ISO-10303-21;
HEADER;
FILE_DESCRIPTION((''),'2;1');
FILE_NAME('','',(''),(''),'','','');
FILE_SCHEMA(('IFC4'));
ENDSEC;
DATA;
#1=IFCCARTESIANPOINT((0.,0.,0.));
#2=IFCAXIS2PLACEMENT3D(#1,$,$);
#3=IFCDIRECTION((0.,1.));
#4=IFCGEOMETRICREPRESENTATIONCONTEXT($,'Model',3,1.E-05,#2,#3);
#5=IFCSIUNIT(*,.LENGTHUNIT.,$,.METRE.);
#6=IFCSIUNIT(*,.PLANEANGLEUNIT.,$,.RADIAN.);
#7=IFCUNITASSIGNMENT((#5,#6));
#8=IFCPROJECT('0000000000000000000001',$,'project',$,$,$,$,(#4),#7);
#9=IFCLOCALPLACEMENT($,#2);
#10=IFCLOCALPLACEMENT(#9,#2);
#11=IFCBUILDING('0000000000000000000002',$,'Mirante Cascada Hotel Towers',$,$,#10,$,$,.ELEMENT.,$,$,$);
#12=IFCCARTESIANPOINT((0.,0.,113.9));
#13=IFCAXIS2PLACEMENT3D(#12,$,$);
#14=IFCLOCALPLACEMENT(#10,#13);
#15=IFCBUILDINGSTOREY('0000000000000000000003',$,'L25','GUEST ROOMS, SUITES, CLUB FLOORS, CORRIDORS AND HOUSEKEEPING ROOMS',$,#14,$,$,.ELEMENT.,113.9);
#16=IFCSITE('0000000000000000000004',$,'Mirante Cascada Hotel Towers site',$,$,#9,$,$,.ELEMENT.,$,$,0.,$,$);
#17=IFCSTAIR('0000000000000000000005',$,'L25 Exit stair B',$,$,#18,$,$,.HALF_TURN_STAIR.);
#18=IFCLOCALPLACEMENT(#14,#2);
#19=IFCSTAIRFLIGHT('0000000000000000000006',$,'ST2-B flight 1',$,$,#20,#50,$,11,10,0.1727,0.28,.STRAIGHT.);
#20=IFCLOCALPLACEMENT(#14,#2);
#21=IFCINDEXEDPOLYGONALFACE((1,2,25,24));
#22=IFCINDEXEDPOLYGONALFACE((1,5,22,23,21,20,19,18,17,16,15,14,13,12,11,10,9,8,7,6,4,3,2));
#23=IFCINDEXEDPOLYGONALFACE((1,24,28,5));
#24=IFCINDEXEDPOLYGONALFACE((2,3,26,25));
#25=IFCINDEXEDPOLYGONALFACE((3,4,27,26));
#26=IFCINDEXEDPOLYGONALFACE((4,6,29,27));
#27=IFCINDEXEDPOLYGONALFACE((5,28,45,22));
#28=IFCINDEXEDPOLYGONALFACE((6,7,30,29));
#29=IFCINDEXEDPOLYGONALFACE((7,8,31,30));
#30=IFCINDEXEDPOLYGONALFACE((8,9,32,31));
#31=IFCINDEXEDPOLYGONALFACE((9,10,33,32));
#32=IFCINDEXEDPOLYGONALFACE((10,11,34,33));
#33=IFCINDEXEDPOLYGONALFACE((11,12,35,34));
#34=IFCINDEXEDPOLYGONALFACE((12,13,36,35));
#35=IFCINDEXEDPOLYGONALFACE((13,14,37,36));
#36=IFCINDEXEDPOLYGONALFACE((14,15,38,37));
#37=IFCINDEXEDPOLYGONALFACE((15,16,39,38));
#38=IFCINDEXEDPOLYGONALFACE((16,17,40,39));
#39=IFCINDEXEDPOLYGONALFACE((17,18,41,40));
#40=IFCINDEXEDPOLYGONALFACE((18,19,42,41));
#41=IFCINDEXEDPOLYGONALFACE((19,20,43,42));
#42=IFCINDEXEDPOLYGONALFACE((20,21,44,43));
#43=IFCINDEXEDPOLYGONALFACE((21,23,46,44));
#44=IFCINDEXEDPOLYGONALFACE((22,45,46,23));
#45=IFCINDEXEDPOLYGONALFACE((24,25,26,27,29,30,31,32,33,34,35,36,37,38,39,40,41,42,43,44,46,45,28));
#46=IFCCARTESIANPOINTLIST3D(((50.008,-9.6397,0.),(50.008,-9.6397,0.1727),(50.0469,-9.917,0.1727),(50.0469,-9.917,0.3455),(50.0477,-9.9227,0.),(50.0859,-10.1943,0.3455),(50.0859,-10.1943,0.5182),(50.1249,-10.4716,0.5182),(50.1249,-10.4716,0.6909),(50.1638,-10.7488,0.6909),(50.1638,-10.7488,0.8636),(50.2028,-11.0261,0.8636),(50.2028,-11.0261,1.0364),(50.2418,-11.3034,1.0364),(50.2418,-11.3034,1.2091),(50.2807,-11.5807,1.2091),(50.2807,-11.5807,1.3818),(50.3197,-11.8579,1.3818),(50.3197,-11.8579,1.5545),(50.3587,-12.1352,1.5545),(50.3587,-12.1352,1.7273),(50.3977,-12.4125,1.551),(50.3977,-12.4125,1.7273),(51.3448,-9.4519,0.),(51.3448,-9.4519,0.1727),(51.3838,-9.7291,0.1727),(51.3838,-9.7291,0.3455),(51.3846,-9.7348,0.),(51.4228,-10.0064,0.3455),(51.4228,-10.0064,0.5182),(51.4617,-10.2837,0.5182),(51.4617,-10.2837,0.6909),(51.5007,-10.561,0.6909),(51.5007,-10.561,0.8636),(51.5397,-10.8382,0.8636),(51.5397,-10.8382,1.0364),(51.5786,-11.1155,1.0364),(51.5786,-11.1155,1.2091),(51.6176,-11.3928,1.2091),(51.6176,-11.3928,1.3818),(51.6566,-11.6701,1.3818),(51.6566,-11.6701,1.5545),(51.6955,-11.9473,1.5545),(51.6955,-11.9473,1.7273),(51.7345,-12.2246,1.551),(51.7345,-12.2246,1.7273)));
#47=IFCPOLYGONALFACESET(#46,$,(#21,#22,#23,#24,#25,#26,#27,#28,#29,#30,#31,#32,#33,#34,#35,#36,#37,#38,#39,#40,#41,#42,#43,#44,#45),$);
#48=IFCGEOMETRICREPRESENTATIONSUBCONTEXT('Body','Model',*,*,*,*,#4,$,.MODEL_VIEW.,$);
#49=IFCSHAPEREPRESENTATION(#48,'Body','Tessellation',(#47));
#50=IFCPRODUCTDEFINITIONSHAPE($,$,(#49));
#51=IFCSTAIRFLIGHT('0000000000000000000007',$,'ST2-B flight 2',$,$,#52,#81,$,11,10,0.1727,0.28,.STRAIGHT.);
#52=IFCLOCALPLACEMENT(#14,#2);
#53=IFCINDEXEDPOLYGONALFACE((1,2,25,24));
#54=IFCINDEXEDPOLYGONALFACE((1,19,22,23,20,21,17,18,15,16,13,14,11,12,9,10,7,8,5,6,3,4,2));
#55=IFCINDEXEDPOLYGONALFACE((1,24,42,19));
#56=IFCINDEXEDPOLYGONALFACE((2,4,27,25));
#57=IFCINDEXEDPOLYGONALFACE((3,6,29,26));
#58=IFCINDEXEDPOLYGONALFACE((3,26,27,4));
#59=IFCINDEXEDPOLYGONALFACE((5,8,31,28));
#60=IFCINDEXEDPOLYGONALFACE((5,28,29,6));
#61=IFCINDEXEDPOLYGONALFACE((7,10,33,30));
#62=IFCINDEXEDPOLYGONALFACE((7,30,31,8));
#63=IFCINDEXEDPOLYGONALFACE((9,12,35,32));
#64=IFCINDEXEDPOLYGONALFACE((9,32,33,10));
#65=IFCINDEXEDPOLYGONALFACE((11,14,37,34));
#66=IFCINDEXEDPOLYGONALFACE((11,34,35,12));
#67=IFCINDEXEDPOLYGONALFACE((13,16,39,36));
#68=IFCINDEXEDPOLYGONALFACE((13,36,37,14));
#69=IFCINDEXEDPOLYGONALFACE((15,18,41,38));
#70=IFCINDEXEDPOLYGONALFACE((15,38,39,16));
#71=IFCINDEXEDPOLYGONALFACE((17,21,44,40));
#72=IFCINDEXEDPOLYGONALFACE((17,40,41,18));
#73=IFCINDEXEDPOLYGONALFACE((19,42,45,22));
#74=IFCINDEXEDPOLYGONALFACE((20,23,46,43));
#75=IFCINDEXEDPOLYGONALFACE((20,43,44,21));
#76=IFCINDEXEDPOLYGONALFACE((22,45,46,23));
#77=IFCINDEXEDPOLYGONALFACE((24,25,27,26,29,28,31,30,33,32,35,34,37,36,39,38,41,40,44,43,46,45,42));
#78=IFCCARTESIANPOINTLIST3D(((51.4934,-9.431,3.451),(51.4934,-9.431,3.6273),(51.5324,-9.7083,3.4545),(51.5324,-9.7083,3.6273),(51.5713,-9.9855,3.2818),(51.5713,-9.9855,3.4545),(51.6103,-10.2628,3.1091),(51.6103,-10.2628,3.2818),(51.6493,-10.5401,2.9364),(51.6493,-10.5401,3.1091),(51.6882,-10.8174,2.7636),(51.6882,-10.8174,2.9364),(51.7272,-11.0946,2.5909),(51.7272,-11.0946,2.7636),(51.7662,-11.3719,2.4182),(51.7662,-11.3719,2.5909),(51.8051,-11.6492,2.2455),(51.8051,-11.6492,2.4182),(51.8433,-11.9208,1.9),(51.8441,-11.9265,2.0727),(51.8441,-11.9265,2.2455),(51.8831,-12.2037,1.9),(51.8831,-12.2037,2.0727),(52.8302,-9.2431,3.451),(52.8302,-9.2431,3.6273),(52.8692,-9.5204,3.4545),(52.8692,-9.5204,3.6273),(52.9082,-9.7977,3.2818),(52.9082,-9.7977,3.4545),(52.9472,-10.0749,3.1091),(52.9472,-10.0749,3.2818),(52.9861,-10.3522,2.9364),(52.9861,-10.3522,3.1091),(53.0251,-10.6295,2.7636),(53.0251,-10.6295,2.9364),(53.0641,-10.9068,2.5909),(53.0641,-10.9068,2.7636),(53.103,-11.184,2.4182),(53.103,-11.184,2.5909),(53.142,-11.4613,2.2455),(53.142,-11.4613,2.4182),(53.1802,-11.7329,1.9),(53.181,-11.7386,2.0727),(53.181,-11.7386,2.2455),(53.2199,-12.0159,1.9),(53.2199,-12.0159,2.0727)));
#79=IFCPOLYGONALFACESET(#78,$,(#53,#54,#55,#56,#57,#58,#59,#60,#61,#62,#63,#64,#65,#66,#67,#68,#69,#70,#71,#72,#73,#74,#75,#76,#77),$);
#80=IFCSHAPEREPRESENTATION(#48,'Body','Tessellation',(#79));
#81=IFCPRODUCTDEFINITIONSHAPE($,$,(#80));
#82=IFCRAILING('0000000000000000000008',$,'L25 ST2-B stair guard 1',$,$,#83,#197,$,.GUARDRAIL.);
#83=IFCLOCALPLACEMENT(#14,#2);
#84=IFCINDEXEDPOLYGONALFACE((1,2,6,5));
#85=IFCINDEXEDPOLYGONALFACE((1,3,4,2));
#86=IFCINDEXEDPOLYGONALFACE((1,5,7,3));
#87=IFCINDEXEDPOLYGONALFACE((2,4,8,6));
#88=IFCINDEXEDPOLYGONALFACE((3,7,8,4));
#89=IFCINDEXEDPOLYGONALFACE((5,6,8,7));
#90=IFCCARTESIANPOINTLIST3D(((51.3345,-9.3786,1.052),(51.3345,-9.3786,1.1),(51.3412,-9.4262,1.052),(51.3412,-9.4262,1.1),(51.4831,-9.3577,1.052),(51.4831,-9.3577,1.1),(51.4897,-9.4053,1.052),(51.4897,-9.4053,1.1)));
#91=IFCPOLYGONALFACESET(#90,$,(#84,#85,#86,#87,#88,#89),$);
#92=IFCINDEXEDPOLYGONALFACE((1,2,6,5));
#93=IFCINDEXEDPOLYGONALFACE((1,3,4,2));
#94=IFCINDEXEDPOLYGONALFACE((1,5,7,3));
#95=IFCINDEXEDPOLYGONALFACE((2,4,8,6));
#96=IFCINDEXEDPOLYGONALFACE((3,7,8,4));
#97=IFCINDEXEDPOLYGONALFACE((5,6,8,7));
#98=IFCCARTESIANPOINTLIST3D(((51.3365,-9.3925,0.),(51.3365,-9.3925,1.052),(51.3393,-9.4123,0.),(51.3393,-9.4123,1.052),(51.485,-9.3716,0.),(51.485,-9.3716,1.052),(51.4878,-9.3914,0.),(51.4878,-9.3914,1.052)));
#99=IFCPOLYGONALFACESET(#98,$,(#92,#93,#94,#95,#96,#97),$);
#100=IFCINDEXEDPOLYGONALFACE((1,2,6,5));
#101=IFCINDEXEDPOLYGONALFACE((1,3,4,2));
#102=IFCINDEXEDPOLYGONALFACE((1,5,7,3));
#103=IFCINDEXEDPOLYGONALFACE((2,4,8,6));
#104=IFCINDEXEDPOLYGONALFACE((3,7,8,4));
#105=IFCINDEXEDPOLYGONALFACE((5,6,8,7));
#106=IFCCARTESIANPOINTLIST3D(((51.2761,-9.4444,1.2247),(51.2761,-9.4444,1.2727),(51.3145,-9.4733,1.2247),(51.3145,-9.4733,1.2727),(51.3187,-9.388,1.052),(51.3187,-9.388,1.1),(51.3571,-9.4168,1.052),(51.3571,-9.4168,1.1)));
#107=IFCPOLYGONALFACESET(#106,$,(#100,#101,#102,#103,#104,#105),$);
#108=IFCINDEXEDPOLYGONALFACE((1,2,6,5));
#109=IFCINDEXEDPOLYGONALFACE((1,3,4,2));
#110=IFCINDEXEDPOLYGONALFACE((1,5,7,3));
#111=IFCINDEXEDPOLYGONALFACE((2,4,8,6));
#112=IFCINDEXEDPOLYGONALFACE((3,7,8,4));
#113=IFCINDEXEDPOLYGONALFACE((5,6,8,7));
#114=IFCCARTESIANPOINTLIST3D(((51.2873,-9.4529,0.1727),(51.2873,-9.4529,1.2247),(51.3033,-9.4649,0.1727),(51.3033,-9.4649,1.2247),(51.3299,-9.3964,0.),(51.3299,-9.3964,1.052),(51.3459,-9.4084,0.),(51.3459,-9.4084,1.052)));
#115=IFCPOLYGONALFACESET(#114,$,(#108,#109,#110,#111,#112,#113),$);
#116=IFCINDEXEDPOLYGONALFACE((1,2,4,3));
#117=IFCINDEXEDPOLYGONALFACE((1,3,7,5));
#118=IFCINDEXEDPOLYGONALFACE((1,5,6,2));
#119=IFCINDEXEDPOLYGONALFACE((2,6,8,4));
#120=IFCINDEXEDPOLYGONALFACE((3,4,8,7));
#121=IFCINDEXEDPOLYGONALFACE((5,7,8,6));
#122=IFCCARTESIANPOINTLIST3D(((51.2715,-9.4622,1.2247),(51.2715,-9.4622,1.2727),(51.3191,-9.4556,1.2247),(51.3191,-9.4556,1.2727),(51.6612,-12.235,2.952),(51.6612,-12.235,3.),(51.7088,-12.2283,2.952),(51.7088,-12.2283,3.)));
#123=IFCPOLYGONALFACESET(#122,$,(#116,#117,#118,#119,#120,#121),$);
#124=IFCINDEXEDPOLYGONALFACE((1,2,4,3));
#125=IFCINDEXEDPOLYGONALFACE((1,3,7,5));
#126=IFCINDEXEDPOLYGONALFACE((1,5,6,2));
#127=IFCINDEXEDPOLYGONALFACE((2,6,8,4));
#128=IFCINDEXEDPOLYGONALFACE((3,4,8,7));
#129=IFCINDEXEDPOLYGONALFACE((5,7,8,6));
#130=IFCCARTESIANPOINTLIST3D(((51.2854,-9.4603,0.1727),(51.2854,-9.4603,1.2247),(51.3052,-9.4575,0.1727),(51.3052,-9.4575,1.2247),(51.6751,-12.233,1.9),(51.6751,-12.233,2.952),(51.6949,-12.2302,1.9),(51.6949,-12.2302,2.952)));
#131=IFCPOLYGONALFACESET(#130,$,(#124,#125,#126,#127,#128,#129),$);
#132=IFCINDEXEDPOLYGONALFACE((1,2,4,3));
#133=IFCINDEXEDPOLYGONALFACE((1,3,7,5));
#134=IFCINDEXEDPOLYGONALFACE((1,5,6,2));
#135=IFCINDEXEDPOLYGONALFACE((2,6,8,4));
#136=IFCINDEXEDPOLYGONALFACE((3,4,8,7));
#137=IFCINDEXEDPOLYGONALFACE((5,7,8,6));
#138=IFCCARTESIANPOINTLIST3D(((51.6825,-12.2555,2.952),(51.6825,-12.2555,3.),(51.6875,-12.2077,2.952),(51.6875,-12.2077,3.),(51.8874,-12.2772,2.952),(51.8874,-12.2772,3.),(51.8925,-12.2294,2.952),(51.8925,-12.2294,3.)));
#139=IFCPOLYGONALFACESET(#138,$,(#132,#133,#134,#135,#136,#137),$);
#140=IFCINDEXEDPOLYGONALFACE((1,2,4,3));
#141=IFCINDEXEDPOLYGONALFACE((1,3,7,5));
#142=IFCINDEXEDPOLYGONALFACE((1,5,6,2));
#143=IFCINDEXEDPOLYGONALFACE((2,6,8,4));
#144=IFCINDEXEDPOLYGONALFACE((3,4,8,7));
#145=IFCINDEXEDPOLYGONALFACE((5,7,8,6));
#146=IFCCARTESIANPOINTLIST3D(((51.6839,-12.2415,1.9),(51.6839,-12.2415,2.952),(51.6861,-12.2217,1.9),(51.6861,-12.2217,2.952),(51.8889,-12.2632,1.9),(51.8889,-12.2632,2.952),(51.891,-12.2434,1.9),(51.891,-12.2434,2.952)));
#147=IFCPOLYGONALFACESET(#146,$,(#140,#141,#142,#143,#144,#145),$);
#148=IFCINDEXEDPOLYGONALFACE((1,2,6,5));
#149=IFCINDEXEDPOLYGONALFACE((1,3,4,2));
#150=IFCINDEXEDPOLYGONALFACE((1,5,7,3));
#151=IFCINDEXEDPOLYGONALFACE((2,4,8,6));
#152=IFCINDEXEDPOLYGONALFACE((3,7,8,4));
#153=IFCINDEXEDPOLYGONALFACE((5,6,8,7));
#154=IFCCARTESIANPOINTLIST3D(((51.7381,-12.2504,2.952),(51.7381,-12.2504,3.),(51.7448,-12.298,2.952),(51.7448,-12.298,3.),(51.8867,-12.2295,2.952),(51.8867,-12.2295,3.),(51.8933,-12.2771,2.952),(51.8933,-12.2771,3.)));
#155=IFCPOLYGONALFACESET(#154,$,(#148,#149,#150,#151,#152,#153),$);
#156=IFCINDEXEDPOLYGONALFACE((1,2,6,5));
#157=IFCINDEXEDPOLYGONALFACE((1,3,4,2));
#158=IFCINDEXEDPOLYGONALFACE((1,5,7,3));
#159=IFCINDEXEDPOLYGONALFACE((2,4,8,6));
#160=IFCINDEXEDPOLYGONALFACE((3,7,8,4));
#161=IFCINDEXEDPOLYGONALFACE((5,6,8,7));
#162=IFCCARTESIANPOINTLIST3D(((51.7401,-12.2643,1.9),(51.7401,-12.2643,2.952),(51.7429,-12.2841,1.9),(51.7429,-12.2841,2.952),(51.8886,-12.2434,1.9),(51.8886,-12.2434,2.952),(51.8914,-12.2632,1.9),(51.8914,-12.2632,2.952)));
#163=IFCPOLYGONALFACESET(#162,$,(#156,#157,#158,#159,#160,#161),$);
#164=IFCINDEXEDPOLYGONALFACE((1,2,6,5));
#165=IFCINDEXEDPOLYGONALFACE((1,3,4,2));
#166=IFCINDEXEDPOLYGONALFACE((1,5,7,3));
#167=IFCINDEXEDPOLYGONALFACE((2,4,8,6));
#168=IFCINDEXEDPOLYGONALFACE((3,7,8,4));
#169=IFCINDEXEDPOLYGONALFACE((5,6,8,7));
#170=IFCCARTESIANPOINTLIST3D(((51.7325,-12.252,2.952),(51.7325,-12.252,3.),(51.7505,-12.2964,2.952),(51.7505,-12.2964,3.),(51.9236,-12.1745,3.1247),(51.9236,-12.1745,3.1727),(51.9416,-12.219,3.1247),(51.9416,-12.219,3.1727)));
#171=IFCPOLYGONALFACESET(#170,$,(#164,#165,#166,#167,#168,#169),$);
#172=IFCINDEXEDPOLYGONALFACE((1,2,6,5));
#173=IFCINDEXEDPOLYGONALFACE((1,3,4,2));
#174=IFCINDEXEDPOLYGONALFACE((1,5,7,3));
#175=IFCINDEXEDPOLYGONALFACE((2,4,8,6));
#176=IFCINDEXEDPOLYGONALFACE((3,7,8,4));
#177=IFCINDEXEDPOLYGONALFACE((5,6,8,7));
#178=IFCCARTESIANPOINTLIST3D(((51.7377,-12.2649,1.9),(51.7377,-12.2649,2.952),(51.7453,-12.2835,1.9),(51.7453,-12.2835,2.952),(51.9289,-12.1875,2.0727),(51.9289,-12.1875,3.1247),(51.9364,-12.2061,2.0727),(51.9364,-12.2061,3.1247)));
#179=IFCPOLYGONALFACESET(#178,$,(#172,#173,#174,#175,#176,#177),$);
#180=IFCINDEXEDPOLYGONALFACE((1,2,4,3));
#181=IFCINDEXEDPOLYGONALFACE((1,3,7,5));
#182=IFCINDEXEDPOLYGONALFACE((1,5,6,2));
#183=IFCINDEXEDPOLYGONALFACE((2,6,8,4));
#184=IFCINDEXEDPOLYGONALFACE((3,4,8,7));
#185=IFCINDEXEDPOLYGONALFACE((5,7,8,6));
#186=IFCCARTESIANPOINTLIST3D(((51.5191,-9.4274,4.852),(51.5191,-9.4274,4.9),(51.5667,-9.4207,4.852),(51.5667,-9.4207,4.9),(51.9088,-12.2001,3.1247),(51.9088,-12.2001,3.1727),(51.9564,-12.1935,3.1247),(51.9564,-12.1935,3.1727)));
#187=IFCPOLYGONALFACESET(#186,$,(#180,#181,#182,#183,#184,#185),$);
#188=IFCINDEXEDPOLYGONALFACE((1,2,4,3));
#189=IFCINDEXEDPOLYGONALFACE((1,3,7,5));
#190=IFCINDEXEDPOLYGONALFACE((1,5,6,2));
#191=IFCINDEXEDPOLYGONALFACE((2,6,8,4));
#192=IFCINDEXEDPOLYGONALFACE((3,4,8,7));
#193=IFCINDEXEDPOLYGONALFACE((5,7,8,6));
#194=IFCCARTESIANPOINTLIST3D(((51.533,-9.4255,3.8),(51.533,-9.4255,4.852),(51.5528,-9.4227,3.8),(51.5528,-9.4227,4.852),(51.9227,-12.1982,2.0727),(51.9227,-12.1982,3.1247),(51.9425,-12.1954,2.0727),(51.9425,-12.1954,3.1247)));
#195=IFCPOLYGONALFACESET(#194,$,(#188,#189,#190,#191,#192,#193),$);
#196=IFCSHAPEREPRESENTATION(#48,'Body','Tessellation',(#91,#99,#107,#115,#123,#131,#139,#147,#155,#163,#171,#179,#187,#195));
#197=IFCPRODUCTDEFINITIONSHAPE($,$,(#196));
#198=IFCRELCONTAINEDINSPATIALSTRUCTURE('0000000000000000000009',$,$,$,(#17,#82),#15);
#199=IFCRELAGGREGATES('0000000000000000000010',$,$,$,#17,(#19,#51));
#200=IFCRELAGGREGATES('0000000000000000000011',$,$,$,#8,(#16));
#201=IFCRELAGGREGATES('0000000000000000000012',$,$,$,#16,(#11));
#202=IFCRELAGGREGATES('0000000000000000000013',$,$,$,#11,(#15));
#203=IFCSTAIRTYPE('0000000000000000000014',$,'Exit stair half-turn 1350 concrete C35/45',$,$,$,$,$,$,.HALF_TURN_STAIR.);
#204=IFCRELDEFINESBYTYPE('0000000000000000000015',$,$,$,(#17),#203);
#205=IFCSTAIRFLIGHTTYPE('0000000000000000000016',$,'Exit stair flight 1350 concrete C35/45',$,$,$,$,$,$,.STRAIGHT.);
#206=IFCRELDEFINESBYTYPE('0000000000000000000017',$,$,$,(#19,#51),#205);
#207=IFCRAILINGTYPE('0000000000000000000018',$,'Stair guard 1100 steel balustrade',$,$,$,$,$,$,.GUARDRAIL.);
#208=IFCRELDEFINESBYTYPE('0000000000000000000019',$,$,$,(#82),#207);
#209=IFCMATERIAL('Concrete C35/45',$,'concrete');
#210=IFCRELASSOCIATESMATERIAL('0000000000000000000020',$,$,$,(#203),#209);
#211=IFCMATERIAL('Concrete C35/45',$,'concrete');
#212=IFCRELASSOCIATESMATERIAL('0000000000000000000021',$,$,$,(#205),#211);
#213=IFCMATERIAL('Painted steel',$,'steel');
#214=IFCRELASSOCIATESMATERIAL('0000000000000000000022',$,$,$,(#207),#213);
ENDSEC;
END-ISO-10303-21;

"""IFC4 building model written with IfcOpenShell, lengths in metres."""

from ifc_helpers import new_model, si_unit, direction, frame, origin, origin_2d, place, context, subcontext, project, spatial, polyline, rectangle, outline, extrude, material, type_object, element, aggregate, save


model = new_model("IFC4")

# Units and contexts
model_context = context("Model", 3, precision=1e-05, world=origin(), true_north=direction((0.0, 1.0)))
body_context = subcontext(model_context, "Body", "Model", "MODEL_VIEW")
ifc_project = project(units=[si_unit("LENGTHUNIT", "METRE"), si_unit("PLANEANGLEUNIT", "RADIAN")], contexts=[model_context])

# Site, building, storey
site_placement = place(None, origin())
site = spatial("IfcSite", under=ifc_project, at=site_placement, Name="Mirante Cascada Hotel Towers site", CompositionType="ELEMENT", RefElevation=0.0)
building_placement = place(site_placement, origin())
building = spatial("IfcBuilding", under=site, at=building_placement, Name="Mirante Cascada Hotel Towers", CompositionType="ELEMENT")
storey_placement = place(building_placement, frame((0.0, 0.0, 113.9)))
storey = spatial("IfcBuildingStorey", under=building, at=storey_placement, Name="L25", Description="GUEST ROOMS, SUITES, CLUB FLOORS, CORRIDORS AND HOUSEKEEPING ROOMS", CompositionType="ELEMENT", Elevation=113.9)

# Stair, stair flights
ifc_material_1 = material(Name="Concrete C35/45", Category="concrete")
stair_type = type_object("IfcStairType", Name="Exit stair half-turn 1350 concrete C35/45", PredefinedType="HALF_TURN_STAIR", material=ifc_material_1)
stair_placement = place(storey_placement, origin())
stair = element("IfcStair", 1, at=stair_placement, inside=storey, type_object=stair_type, Name="L25 Exit stair B", PredefinedType="HALF_TURN_STAIR")
ifc_material_2 = material(Name="Concrete C35/45", Category="concrete")
stair_flight_type = type_object("IfcStairFlightType", Name="Exit stair flight 1350 concrete C35/45", PredefinedType="STRAIGHT", material=ifc_material_2)
stair_flight_1_placement = place(storey_placement, frame((50.6764, -9.5458, 0.0), z_axis=(0.0, 0.0, 1.0), x_axis=(0.139173, -0.990268, 0.0)))
stair_flight_1 = element("IfcStairFlight", 2, at=stair_flight_1_placement, type_object=stair_flight_type, Name="ST2-B flight 1", NumberOfRisers=11, NumberOfTreads=10, PredefinedType="STRAIGHT", RiserHeight=0.1727, TreadLength=0.28, context=body_context, shape_type="SweptSolid", body=[
    extrude(outline(polyline([(0.0, 0.0), (0.0, 0.1727), (0.28, 0.1727), (0.28, 0.3455), (0.56, 0.3455), (0.56, 0.5182), (0.84, 0.5182), (0.84, 0.6909), (1.12, 0.6909), (1.12, 0.8636), (1.4, 0.8636), (1.4, 1.0364), (1.68, 1.0364), (1.68, 1.2091), (1.96, 1.2091), (1.96, 1.3818), (2.24, 1.3818), (2.24, 1.5545), (2.52, 1.5545), (2.52, 1.7273), (2.8, 1.7273), (2.8, 1.9), (2.8, 1.551), (0.2857, 0.0), (0.0, 0.0)])), frame((0.0, 0.675, 0.0), z_axis=(0.0, -1.0, 0.0), x_axis=(1.0, 0.0, 0.0)), (0.0, 0.0, 1.0), 1.35),
])
stair_flight_2_placement = place(storey_placement, frame((52.5515, -12.1098, 1.9), z_axis=(0.0, 0.0, 1.0), x_axis=(-0.139173, 0.990268, 0.0)))
stair_flight_2 = element("IfcStairFlight", 3, at=stair_flight_2_placement, type_object=stair_flight_type, Name="ST2-B flight 2", NumberOfRisers=11, NumberOfTreads=10, PredefinedType="STRAIGHT", RiserHeight=0.1727, TreadLength=0.28, context=body_context, shape_type="SweptSolid", body=[
    extrude(outline(polyline([(0.0, 0.0), (0.0, 0.1727), (0.28, 0.1727), (0.28, 0.3455), (0.56, 0.3455), (0.56, 0.5182), (0.84, 0.5182), (0.84, 0.6909), (1.12, 0.6909), (1.12, 0.8636), (1.4, 0.8636), (1.4, 1.0364), (1.68, 1.0364), (1.68, 1.2091), (1.96, 1.2091), (1.96, 1.3818), (2.24, 1.3818), (2.24, 1.5545), (2.52, 1.5545), (2.52, 1.7273), (2.8, 1.7273), (2.8, 1.9), (2.8, 1.551), (0.2857, 0.0), (0.0, 0.0)])), frame((0.0, 0.675, 0.0), z_axis=(0.0, -1.0, 0.0), x_axis=(1.0, 0.0, 0.0)), (0.0, 0.0, 1.0), 1.35),
])
aggregate(stair, [stair_flight_1, stair_flight_2])

# Railing
ifc_material_3 = material(Name="Painted steel", Category="steel")
railing_type_1 = type_object("IfcRailingType", Name="Stair guard 1100 steel balustrade", PredefinedType="GUARDRAIL", material=ifc_material_3)
railing_1_placement = place(storey_placement, frame((51.4864, -9.3815, 0.0)))
element("IfcRailing", 4, at=railing_1_placement, inside=storey, type_object=railing_type_1, Name="L25 ST2-B stair guard 1", PredefinedType="GUARDRAIL", context=body_context, shape_type="SweptSolid", body=[
    extrude(rectangle(XDim=0.048, YDim=0.048, at=origin_2d()), frame((0.0, 0.0, 1.076), z_axis=(-0.990241, -0.139367, 0.0), x_axis=(0.139367, -0.990241, 0.0)), (0.0, 0.0, 1.0), 0.15),
    extrude(rectangle(XDim=0.02, YDim=1.052, at=origin_2d()), frame((0.0, 0.0, 0.526), z_axis=(-0.990241, -0.139367, 0.0), x_axis=(0.139367, -0.990241, 0.0)), (0.0, 0.0, 1.0), 0.15),
    extrude(rectangle(XDim=0.048, YDim=0.048, at=origin_2d()), frame((-0.1485, -0.0209, 1.076), z_axis=(-0.602033, -0.798471, 0.0), x_axis=(0.798471, -0.602033, 0.0)), (0.0, 0.92534, 0.379139), 0.1866),
    extrude(rectangle(XDim=0.02, YDim=1.052, at=origin_2d()), frame((-0.1485, -0.0209, 0.526), z_axis=(-0.602033, -0.798471, 0.0), x_axis=(0.798471, -0.602033, 0.0)), (0.0, 0.92534, 0.379139), 0.1866),
    extrude(rectangle(XDim=0.048, YDim=0.048, at=origin_2d()), frame((-0.1911, -0.0774, 1.2487), z_axis=(0.139181, -0.990267, 0.0), x_axis=(0.990267, 0.139181, 0.0)), (0.0, 0.525035, 0.851081), 3.2899),
    extrude(rectangle(XDim=0.02, YDim=1.052, at=origin_2d()), frame((-0.1911, -0.0774, 0.6987), z_axis=(0.139181, -0.990267, 0.0), x_axis=(0.990267, 0.139181, 0.0)), (0.0, 0.525035, 0.851081), 3.2899),
    extrude(rectangle(XDim=0.048, YDim=0.048, at=origin_2d()), frame((0.1986, -2.8501, 2.976), z_axis=(0.994444, -0.105266, 0.0), x_axis=(0.105266, 0.994444, 0.0)), (0.0, 0.0, 1.0), 0.2061),
    extrude(rectangle(XDim=0.02, YDim=1.052, at=origin_2d()), frame((0.1986, -2.8501, 2.426), z_axis=(0.994444, -0.105266, 0.0), x_axis=(0.105266, 0.994444, 0.0)), (0.0, 0.0, 1.0), 0.2061),
    extrude(rectangle(XDim=0.048, YDim=0.048, at=origin_2d()), frame((0.4036, -2.8718, 2.976), z_axis=(-0.990241, -0.139367, 0.0), x_axis=(0.139367, -0.990241, 0.0)), (0.0, 0.0, 1.0), 0.15),
    extrude(rectangle(XDim=0.02, YDim=1.052, at=origin_2d()), frame((0.4036, -2.8718, 2.426), z_axis=(-0.990241, -0.139367, 0.0), x_axis=(0.139367, -0.990241, 0.0)), (0.0, 0.0, 1.0), 0.15),
    extrude(rectangle(XDim=0.048, YDim=0.048, at=origin_2d()), frame((0.2551, -2.8927, 2.976), z_axis=(0.926862, 0.375401, 0.0), x_axis=(-0.375401, 0.926862, 0.0)), (0.0, 0.642122, 0.766603), 0.269),
    extrude(rectangle(XDim=0.02, YDim=1.052, at=origin_2d()), frame((0.2551, -2.8927, 2.426), z_axis=(0.926862, 0.375401, 0.0), x_axis=(-0.375401, 0.926862, 0.0)), (0.0, 0.642122, 0.766603), 0.269),
    extrude(rectangle(XDim=0.048, YDim=0.048, at=origin_2d()), frame((0.4462, -2.8153, 3.1487), z_axis=(-0.139181, 0.990267, 0.0), x_axis=(-0.990267, -0.139181, 0.0)), (0.0, 0.525035, 0.851081), 3.2899),
    extrude(rectangle(XDim=0.02, YDim=1.052, at=origin_2d()), frame((0.4462, -2.8153, 2.5987), z_axis=(-0.139181, 0.990267, 0.0), x_axis=(-0.990267, -0.139181, 0.0)), (0.0, 0.525035, 0.851081), 3.2899),
])

save(model, "model.ifc")
